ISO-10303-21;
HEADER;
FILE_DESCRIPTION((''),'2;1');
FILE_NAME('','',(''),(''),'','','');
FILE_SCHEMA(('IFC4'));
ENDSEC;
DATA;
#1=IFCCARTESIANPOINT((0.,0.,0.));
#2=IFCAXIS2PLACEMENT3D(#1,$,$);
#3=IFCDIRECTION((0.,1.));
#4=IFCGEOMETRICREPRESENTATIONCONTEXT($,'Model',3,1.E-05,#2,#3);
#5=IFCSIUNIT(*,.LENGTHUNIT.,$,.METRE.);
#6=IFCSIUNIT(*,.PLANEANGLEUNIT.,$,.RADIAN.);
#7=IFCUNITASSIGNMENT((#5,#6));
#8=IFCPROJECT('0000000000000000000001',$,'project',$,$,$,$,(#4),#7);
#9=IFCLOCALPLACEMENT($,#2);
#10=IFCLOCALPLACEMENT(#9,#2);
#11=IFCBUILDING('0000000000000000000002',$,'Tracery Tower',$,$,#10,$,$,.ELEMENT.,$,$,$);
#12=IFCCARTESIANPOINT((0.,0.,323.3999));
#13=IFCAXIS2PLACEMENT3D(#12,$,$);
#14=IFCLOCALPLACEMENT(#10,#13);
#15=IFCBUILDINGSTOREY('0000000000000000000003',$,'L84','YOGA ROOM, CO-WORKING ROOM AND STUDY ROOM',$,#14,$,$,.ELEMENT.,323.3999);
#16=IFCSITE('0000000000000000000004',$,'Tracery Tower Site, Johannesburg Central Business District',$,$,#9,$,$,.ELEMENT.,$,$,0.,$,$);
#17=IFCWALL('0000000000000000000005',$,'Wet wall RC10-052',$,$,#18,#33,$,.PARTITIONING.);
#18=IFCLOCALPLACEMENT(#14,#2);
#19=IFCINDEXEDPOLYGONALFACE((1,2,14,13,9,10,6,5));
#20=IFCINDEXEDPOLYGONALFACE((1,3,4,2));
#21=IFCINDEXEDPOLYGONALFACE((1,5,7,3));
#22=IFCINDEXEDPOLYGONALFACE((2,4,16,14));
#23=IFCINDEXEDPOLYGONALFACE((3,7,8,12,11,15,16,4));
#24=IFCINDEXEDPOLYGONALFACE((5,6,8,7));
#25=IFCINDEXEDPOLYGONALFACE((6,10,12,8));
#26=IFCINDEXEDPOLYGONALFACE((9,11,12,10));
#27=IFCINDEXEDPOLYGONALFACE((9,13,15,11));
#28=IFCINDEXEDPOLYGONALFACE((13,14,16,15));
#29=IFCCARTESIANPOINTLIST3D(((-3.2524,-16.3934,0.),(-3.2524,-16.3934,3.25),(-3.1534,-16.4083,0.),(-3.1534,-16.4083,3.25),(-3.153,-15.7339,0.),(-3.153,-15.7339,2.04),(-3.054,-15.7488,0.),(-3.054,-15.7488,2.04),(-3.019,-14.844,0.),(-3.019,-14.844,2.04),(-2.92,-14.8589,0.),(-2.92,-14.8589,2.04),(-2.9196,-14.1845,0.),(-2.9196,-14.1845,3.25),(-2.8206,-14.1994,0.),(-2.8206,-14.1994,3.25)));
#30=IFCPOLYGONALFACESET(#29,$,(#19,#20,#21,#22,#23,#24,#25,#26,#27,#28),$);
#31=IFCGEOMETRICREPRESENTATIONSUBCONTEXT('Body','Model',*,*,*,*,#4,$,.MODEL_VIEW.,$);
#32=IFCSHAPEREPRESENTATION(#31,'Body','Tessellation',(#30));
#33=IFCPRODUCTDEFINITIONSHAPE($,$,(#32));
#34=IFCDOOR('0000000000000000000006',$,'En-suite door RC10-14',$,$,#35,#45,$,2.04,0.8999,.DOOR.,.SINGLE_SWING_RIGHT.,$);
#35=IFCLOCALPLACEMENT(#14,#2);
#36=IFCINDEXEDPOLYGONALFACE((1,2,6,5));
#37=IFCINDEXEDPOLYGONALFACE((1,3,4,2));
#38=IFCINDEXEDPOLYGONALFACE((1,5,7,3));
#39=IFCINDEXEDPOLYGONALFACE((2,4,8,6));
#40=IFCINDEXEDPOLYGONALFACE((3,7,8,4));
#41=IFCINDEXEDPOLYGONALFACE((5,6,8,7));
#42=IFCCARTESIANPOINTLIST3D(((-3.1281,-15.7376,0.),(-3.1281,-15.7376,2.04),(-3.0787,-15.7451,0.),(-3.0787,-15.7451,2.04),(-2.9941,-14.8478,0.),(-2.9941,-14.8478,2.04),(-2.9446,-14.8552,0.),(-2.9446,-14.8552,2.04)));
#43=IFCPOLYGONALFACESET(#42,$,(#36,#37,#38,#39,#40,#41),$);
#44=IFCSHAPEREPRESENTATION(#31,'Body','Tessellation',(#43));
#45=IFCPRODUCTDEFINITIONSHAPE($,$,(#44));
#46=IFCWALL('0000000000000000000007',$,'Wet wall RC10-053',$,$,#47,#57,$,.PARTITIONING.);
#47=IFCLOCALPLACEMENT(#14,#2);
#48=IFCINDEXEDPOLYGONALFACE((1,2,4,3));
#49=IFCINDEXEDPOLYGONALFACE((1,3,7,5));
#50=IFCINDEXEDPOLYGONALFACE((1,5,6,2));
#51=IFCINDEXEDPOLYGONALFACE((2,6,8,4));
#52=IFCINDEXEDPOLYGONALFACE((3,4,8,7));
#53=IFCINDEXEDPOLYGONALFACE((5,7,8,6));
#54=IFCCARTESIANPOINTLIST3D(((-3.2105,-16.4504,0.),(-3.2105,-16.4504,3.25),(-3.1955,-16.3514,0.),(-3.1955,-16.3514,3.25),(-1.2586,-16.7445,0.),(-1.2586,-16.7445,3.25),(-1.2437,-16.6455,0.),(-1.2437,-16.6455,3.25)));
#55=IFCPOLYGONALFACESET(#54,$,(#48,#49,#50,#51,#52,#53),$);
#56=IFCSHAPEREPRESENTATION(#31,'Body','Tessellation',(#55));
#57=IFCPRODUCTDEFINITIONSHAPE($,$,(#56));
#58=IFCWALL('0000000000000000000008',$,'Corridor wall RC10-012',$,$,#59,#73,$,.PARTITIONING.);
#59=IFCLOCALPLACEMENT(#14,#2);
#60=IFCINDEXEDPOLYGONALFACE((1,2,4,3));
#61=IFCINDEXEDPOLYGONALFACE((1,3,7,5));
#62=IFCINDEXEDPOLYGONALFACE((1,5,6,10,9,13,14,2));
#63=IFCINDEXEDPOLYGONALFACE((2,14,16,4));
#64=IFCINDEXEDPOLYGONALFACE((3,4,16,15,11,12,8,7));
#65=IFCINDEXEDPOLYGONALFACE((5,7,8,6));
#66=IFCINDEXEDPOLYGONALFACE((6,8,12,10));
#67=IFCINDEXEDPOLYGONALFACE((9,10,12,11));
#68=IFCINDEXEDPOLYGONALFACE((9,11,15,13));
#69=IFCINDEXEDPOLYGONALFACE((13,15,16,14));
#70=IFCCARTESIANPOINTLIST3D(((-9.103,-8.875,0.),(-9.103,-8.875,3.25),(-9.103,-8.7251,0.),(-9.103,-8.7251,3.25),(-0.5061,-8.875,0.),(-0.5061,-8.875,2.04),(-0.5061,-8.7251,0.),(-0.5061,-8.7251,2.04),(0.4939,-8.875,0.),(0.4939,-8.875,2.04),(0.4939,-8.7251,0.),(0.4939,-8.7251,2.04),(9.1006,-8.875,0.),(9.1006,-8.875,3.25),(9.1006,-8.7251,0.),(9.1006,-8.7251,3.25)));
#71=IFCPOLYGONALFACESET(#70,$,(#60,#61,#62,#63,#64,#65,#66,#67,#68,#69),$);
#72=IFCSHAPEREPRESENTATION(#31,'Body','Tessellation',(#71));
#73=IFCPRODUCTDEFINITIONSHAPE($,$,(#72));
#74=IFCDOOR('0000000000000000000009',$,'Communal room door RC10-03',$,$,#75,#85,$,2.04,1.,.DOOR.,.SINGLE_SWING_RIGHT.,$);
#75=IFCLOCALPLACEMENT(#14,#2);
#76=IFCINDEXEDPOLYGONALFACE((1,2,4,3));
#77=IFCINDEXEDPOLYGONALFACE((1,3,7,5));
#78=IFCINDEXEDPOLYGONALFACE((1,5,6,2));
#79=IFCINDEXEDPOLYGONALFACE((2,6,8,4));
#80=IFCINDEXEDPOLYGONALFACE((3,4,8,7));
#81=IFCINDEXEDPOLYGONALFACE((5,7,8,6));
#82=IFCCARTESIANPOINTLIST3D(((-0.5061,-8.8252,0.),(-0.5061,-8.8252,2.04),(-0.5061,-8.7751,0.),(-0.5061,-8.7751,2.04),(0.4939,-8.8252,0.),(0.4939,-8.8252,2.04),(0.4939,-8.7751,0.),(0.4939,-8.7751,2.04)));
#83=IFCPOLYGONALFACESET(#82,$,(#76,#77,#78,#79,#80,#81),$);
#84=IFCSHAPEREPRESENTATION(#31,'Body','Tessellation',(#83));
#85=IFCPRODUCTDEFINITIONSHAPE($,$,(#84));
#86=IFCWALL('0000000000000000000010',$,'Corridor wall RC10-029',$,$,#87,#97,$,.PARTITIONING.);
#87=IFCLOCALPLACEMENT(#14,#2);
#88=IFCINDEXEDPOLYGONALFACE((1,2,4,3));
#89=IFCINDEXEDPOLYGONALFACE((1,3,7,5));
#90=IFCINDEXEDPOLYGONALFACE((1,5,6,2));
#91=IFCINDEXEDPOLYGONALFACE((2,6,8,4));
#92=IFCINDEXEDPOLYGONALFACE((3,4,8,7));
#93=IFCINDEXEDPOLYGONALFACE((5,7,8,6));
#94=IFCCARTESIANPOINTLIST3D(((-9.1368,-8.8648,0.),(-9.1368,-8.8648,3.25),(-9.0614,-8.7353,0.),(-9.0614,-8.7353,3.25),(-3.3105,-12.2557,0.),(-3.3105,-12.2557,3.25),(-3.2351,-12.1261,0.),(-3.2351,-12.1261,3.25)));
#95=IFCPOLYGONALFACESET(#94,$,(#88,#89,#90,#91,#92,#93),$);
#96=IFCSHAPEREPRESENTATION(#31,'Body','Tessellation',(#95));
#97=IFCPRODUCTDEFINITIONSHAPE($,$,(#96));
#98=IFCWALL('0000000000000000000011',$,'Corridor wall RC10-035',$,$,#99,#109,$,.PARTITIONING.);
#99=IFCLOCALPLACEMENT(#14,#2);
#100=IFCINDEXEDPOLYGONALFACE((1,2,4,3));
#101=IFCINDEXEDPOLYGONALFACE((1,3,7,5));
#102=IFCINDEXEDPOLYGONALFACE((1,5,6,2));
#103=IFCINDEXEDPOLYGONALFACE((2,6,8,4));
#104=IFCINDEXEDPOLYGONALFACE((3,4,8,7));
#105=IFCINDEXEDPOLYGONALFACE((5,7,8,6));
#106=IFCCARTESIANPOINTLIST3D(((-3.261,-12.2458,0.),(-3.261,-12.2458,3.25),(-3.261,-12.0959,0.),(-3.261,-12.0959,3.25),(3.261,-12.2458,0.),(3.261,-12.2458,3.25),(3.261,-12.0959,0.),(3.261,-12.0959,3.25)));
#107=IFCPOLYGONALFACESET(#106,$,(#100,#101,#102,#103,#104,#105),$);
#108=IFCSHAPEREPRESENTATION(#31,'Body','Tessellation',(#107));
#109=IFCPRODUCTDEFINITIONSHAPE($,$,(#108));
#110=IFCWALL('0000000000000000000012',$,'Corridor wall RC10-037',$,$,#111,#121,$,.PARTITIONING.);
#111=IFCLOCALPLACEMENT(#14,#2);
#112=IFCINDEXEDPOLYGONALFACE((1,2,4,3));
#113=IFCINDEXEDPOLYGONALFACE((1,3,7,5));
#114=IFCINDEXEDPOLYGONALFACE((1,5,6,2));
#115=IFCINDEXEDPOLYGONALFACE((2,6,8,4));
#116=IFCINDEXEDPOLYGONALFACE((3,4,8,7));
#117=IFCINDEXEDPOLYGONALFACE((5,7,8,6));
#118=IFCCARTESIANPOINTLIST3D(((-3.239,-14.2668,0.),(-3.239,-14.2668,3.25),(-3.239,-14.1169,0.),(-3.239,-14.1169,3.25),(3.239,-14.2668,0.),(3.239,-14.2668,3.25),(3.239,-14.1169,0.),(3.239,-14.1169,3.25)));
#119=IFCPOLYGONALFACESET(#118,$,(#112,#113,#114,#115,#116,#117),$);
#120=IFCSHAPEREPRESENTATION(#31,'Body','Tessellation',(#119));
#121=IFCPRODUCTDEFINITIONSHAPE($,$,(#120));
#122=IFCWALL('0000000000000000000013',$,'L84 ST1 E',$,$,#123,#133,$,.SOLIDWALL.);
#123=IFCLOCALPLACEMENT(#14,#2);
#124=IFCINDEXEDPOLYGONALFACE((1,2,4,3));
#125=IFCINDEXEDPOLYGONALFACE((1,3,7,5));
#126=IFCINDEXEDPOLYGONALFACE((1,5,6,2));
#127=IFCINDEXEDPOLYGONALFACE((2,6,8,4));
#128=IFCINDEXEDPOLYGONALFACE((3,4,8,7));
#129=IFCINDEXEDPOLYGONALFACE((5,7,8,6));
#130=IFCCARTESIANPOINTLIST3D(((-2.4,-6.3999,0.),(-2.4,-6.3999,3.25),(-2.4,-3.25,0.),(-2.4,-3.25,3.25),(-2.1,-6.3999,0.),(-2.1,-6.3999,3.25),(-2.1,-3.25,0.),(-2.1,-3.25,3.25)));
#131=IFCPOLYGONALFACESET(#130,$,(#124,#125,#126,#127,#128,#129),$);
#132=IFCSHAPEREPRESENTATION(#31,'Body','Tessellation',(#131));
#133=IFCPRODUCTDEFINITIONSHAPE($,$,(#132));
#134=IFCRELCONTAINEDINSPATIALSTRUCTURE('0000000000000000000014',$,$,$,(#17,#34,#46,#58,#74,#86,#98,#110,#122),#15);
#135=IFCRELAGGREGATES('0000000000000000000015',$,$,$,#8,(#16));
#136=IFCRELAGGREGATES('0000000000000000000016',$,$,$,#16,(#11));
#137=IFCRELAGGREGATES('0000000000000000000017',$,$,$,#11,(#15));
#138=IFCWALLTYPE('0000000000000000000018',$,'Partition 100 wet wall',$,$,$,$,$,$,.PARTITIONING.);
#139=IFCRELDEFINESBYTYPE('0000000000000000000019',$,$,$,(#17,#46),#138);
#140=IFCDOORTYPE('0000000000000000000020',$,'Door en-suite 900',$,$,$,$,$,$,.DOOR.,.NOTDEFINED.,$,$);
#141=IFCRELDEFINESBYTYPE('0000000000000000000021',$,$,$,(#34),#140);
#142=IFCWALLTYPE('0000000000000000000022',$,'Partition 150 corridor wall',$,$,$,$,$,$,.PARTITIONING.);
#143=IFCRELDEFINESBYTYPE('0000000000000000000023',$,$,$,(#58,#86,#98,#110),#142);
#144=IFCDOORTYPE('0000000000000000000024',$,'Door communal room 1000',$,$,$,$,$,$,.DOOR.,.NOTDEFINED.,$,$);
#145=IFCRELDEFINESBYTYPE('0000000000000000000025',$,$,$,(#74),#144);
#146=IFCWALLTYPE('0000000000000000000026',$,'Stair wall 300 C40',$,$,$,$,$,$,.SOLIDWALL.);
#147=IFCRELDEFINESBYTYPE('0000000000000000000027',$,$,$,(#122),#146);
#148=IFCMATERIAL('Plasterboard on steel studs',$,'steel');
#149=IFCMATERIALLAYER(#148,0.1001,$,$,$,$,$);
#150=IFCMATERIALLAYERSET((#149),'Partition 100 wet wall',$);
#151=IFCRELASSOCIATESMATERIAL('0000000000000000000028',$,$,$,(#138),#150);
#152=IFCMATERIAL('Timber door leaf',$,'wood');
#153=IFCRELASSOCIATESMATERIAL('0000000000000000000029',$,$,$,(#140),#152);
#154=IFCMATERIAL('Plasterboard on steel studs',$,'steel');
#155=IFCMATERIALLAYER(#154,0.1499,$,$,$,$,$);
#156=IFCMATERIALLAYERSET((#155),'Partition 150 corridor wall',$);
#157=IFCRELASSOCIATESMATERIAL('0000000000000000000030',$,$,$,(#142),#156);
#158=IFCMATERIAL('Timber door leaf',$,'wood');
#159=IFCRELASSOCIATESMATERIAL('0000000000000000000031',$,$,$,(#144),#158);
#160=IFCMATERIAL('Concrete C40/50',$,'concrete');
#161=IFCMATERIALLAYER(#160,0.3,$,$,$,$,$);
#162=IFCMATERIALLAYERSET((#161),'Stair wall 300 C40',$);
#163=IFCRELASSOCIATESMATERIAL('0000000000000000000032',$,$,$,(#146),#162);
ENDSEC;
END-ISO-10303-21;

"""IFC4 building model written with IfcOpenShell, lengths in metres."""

from ifc_helpers import new_model, si_unit, direction, frame, frame_2d, origin, place, context, subcontext, project, spatial, rectangle, extrude, material, layer, layer_set, type_object, element, fill, save


model = new_model("IFC4")

# Units and contexts
model_context = context("Model", 3, precision=1e-05, world=origin(), true_north=direction((0.0, 1.0)))
body_context = subcontext(model_context, "Body", "Model", "MODEL_VIEW")
ifc_project = project(units=[si_unit("LENGTHUNIT", "METRE"), si_unit("PLANEANGLEUNIT", "RADIAN")], contexts=[model_context])

# Site, building, storey
site_placement = place(None, origin())
site = spatial("IfcSite", under=ifc_project, at=site_placement, Name="Tracery Tower Site, Johannesburg Central Business District", CompositionType="ELEMENT", RefElevation=0.0)
building_placement = place(site_placement, origin())
building = spatial("IfcBuilding", under=site, at=building_placement, Name="Tracery Tower", CompositionType="ELEMENT")
storey_placement = place(building_placement, frame((0.0, 0.0, 323.3999)))
storey = spatial("IfcBuildingStorey", under=building, at=storey_placement, Name="L84", Description="YOGA ROOM, CO-WORKING ROOM AND STUDY ROOM", CompositionType="ELEMENT", Elevation=323.3999)

# Wall, opening, door
ifc_material_1 = material(Name="Plasterboard on steel studs", Category="steel")
ifc_layer_1 = layer(ifc_material_1, 0.1001)
ifc_layer_set_1 = layer_set([ifc_layer_1], Name="Partition 100 wet wall")
wall_type_1 = type_object("IfcWallType", Name="Partition 100 wet wall", PredefinedType="PARTITIONING", material=ifc_layer_set_1)
wall_1_placement = place(storey_placement, frame((-3.2029, -16.4009, 0.0), z_axis=(0.0, 0.0, 1.0), x_axis=(0.14896, 0.988843, 0.0)))
wall_1 = element("IfcWall", 1, at=wall_1_placement, inside=storey, type_object=wall_type_1, Name="Wet wall RC10-052", PredefinedType="PARTITIONING", context=body_context, shape_type="SweptSolid", body=[
    extrude(rectangle(XDim=2.2339, YDim=0.1001, at=frame_2d((1.1169, 0.0))), origin(), (0.0, 0.0, 1.0), 3.25),
])
opening_1_placement = place(wall_1_placement, frame((0.667, 0.0, 0.0)))
opening_1 = element("IfcOpeningElement", 2, at=opening_1_placement, cuts=wall_1, PredefinedType="OPENING", context=body_context, shape_type="SweptSolid", body=[
    extrude(rectangle(XDim=0.8999, YDim=2.04, at=frame_2d((0.45, 1.02))), frame((0.0, 0.05, 0.0), z_axis=(0.0, -1.0, 0.0), x_axis=(1.0, 0.0, 0.0)), (0.0, 0.0, 1.0), 0.1001),
])
ifc_material_2 = material(Name="Timber door leaf", Category="wood")
door_type_1 = type_object("IfcDoorType", Name="Door en-suite 900", OperationType="NOTDEFINED", PredefinedType="DOOR", material=ifc_material_2)
door_1_placement = place(opening_1_placement, origin())
door_1 = element("IfcDoor", 3, at=door_1_placement, inside=storey, type_object=door_type_1, Name="En-suite door RC10-14", OperationType="SINGLE_SWING_RIGHT", OverallHeight=2.04, OverallWidth=0.8999, PredefinedType="DOOR", context=body_context, shape_type="SweptSolid", body=[
    extrude(rectangle(XDim=0.8999, YDim=2.04, at=frame_2d((0.45, 1.02))), frame((0.0, 0.0249, 0.0), z_axis=(0.0, -1.0, 0.0), x_axis=(1.0, 0.0, 0.0)), (0.0, 0.0, 1.0), 0.05),
])
fill(opening_1, door_1)

# Wall
wall_2_placement = place(storey_placement, frame((-3.2029, -16.4009, 0.0), z_axis=(0.0, 0.0, 1.0), x_axis=(0.988832, -0.149036, 0.0)))
element("IfcWall", 4, at=wall_2_placement, inside=storey, type_object=wall_type_1, Name="Wet wall RC10-053", PredefinedType="PARTITIONING", context=body_context, shape_type="SweptSolid", body=[
    extrude(rectangle(XDim=1.9739, YDim=0.1001, at=frame_2d((0.9868, 0.0))), origin(), (0.0, 0.0, 1.0), 3.25),
])

# Wall, opening, door
ifc_material_3 = material(Name="Plasterboard on steel studs", Category="steel")
ifc_layer_2 = layer(ifc_material_3, 0.1499)
ifc_layer_set_2 = layer_set([ifc_layer_2], Name="Partition 150 corridor wall")
wall_type_2 = type_object("IfcWallType", Name="Partition 150 corridor wall", PredefinedType="PARTITIONING", material=ifc_layer_set_2)
wall_3_placement = place(storey_placement, frame((-9.103, -8.8, 0.0), z_axis=(0.0, 0.0, 1.0), x_axis=(1.0, 0.0, 0.0)))
wall_3 = element("IfcWall", 5, at=wall_3_placement, inside=storey, type_object=wall_type_2, Name="Corridor wall RC10-012", PredefinedType="PARTITIONING", context=body_context, shape_type="SweptSolid", body=[
    extrude(rectangle(XDim=18.2036, YDim=0.1499, at=frame_2d((9.1018, 0.0))), origin(), (0.0, 0.0, 1.0), 3.25),
])
opening_2_placement = place(wall_3_placement, frame((8.5969, 0.0, 0.0)))
opening_2 = element("IfcOpeningElement", 6, at=opening_2_placement, cuts=wall_3, PredefinedType="OPENING", context=body_context, shape_type="SweptSolid", body=[
    extrude(rectangle(XDim=1.0, YDim=2.04, at=frame_2d((0.5, 1.02))), frame((0.0, 0.075, 0.0), z_axis=(0.0, -1.0, 0.0), x_axis=(1.0, 0.0, 0.0)), (0.0, 0.0, 1.0), 0.1499),
])
ifc_material_4 = material(Name="Timber door leaf", Category="wood")
door_type_2 = type_object("IfcDoorType", Name="Door communal room 1000", OperationType="NOTDEFINED", PredefinedType="DOOR", material=ifc_material_4)
door_2_placement = place(opening_2_placement, origin())
door_2 = element("IfcDoor", 7, at=door_2_placement, inside=storey, type_object=door_type_2, Name="Communal room door RC10-03", OperationType="SINGLE_SWING_RIGHT", OverallHeight=2.04, OverallWidth=1.0, PredefinedType="DOOR", context=body_context, shape_type="SweptSolid", body=[
    extrude(rectangle(XDim=1.0, YDim=2.04, at=frame_2d((0.5, 1.02))), frame((0.0, 0.0249, 0.0), z_axis=(0.0, -1.0, 0.0), x_axis=(1.0, 0.0, 0.0)), (0.0, 0.0, 1.0), 0.05),
])
fill(opening_2, door_2)

# Walls
wall_4_placement = place(storey_placement, frame((-9.0991, -8.8, 0.0), z_axis=(0.0, 0.0, 1.0), x_axis=(0.864287, -0.502999, 0.0)))
element("IfcWall", 8, at=wall_4_placement, inside=storey, type_object=wall_type_2, Name="Corridor wall RC10-029", PredefinedType="PARTITIONING", context=body_context, shape_type="SweptSolid", body=[
    extrude(rectangle(XDim=6.7412, YDim=0.1499, at=frame_2d((3.3706, 0.0))), origin(), (0.0, 0.0, 1.0), 3.25),
])
wall_5_placement = place(storey_placement, frame((-3.261, -12.1709, 0.0), z_axis=(0.0, 0.0, 1.0), x_axis=(1.0, 0.0, 0.0)))
element("IfcWall", 9, at=wall_5_placement, inside=storey, type_object=wall_type_2, Name="Corridor wall RC10-035", PredefinedType="PARTITIONING", context=body_context, shape_type="SweptSolid", body=[
    extrude(rectangle(XDim=6.522, YDim=0.1499, at=frame_2d((3.261, 0.0))), origin(), (0.0, 0.0, 1.0), 3.25),
])
wall_6_placement = place(storey_placement, frame((-3.239, -14.1919, 0.0), z_axis=(0.0, 0.0, 1.0), x_axis=(1.0, 0.0, 0.0)))
element("IfcWall", 10, at=wall_6_placement, inside=storey, type_object=wall_type_2, Name="Corridor wall RC10-037", PredefinedType="PARTITIONING", context=body_context, shape_type="SweptSolid", body=[
    extrude(rectangle(XDim=6.478, YDim=0.1499, at=frame_2d((3.239, 0.0))), origin(), (0.0, 0.0, 1.0), 3.25),
])

# Shared definitions
ifc_material_5 = material(Name="Concrete C40/50", Category="concrete")
ifc_layer_3 = layer(ifc_material_5, 0.3)
ifc_layer_set_3 = layer_set([ifc_layer_3], Name="Stair wall 300 C40")
wall_type_3 = type_object("IfcWallType", Name="Stair wall 300 C40", PredefinedType="SOLIDWALL", material=ifc_layer_set_3)

# Wall
wall_7_placement = place(storey_placement, frame((-2.25, -6.3999, 0.0), z_axis=(0.0, 0.0, 1.0), x_axis=(0.0, 1.0, 0.0)))
element("IfcWall", 11, at=wall_7_placement, inside=storey, type_object=wall_type_3, Name="L84 ST1 E", PredefinedType="SOLIDWALL", context=body_context, shape_type="SweptSolid", body=[
    extrude(rectangle(XDim=3.1499, YDim=0.3, at=frame_2d((1.575, 0.0))), origin(), (0.0, 0.0, 1.0), 3.25),
])

save(model, "model.ifc")
